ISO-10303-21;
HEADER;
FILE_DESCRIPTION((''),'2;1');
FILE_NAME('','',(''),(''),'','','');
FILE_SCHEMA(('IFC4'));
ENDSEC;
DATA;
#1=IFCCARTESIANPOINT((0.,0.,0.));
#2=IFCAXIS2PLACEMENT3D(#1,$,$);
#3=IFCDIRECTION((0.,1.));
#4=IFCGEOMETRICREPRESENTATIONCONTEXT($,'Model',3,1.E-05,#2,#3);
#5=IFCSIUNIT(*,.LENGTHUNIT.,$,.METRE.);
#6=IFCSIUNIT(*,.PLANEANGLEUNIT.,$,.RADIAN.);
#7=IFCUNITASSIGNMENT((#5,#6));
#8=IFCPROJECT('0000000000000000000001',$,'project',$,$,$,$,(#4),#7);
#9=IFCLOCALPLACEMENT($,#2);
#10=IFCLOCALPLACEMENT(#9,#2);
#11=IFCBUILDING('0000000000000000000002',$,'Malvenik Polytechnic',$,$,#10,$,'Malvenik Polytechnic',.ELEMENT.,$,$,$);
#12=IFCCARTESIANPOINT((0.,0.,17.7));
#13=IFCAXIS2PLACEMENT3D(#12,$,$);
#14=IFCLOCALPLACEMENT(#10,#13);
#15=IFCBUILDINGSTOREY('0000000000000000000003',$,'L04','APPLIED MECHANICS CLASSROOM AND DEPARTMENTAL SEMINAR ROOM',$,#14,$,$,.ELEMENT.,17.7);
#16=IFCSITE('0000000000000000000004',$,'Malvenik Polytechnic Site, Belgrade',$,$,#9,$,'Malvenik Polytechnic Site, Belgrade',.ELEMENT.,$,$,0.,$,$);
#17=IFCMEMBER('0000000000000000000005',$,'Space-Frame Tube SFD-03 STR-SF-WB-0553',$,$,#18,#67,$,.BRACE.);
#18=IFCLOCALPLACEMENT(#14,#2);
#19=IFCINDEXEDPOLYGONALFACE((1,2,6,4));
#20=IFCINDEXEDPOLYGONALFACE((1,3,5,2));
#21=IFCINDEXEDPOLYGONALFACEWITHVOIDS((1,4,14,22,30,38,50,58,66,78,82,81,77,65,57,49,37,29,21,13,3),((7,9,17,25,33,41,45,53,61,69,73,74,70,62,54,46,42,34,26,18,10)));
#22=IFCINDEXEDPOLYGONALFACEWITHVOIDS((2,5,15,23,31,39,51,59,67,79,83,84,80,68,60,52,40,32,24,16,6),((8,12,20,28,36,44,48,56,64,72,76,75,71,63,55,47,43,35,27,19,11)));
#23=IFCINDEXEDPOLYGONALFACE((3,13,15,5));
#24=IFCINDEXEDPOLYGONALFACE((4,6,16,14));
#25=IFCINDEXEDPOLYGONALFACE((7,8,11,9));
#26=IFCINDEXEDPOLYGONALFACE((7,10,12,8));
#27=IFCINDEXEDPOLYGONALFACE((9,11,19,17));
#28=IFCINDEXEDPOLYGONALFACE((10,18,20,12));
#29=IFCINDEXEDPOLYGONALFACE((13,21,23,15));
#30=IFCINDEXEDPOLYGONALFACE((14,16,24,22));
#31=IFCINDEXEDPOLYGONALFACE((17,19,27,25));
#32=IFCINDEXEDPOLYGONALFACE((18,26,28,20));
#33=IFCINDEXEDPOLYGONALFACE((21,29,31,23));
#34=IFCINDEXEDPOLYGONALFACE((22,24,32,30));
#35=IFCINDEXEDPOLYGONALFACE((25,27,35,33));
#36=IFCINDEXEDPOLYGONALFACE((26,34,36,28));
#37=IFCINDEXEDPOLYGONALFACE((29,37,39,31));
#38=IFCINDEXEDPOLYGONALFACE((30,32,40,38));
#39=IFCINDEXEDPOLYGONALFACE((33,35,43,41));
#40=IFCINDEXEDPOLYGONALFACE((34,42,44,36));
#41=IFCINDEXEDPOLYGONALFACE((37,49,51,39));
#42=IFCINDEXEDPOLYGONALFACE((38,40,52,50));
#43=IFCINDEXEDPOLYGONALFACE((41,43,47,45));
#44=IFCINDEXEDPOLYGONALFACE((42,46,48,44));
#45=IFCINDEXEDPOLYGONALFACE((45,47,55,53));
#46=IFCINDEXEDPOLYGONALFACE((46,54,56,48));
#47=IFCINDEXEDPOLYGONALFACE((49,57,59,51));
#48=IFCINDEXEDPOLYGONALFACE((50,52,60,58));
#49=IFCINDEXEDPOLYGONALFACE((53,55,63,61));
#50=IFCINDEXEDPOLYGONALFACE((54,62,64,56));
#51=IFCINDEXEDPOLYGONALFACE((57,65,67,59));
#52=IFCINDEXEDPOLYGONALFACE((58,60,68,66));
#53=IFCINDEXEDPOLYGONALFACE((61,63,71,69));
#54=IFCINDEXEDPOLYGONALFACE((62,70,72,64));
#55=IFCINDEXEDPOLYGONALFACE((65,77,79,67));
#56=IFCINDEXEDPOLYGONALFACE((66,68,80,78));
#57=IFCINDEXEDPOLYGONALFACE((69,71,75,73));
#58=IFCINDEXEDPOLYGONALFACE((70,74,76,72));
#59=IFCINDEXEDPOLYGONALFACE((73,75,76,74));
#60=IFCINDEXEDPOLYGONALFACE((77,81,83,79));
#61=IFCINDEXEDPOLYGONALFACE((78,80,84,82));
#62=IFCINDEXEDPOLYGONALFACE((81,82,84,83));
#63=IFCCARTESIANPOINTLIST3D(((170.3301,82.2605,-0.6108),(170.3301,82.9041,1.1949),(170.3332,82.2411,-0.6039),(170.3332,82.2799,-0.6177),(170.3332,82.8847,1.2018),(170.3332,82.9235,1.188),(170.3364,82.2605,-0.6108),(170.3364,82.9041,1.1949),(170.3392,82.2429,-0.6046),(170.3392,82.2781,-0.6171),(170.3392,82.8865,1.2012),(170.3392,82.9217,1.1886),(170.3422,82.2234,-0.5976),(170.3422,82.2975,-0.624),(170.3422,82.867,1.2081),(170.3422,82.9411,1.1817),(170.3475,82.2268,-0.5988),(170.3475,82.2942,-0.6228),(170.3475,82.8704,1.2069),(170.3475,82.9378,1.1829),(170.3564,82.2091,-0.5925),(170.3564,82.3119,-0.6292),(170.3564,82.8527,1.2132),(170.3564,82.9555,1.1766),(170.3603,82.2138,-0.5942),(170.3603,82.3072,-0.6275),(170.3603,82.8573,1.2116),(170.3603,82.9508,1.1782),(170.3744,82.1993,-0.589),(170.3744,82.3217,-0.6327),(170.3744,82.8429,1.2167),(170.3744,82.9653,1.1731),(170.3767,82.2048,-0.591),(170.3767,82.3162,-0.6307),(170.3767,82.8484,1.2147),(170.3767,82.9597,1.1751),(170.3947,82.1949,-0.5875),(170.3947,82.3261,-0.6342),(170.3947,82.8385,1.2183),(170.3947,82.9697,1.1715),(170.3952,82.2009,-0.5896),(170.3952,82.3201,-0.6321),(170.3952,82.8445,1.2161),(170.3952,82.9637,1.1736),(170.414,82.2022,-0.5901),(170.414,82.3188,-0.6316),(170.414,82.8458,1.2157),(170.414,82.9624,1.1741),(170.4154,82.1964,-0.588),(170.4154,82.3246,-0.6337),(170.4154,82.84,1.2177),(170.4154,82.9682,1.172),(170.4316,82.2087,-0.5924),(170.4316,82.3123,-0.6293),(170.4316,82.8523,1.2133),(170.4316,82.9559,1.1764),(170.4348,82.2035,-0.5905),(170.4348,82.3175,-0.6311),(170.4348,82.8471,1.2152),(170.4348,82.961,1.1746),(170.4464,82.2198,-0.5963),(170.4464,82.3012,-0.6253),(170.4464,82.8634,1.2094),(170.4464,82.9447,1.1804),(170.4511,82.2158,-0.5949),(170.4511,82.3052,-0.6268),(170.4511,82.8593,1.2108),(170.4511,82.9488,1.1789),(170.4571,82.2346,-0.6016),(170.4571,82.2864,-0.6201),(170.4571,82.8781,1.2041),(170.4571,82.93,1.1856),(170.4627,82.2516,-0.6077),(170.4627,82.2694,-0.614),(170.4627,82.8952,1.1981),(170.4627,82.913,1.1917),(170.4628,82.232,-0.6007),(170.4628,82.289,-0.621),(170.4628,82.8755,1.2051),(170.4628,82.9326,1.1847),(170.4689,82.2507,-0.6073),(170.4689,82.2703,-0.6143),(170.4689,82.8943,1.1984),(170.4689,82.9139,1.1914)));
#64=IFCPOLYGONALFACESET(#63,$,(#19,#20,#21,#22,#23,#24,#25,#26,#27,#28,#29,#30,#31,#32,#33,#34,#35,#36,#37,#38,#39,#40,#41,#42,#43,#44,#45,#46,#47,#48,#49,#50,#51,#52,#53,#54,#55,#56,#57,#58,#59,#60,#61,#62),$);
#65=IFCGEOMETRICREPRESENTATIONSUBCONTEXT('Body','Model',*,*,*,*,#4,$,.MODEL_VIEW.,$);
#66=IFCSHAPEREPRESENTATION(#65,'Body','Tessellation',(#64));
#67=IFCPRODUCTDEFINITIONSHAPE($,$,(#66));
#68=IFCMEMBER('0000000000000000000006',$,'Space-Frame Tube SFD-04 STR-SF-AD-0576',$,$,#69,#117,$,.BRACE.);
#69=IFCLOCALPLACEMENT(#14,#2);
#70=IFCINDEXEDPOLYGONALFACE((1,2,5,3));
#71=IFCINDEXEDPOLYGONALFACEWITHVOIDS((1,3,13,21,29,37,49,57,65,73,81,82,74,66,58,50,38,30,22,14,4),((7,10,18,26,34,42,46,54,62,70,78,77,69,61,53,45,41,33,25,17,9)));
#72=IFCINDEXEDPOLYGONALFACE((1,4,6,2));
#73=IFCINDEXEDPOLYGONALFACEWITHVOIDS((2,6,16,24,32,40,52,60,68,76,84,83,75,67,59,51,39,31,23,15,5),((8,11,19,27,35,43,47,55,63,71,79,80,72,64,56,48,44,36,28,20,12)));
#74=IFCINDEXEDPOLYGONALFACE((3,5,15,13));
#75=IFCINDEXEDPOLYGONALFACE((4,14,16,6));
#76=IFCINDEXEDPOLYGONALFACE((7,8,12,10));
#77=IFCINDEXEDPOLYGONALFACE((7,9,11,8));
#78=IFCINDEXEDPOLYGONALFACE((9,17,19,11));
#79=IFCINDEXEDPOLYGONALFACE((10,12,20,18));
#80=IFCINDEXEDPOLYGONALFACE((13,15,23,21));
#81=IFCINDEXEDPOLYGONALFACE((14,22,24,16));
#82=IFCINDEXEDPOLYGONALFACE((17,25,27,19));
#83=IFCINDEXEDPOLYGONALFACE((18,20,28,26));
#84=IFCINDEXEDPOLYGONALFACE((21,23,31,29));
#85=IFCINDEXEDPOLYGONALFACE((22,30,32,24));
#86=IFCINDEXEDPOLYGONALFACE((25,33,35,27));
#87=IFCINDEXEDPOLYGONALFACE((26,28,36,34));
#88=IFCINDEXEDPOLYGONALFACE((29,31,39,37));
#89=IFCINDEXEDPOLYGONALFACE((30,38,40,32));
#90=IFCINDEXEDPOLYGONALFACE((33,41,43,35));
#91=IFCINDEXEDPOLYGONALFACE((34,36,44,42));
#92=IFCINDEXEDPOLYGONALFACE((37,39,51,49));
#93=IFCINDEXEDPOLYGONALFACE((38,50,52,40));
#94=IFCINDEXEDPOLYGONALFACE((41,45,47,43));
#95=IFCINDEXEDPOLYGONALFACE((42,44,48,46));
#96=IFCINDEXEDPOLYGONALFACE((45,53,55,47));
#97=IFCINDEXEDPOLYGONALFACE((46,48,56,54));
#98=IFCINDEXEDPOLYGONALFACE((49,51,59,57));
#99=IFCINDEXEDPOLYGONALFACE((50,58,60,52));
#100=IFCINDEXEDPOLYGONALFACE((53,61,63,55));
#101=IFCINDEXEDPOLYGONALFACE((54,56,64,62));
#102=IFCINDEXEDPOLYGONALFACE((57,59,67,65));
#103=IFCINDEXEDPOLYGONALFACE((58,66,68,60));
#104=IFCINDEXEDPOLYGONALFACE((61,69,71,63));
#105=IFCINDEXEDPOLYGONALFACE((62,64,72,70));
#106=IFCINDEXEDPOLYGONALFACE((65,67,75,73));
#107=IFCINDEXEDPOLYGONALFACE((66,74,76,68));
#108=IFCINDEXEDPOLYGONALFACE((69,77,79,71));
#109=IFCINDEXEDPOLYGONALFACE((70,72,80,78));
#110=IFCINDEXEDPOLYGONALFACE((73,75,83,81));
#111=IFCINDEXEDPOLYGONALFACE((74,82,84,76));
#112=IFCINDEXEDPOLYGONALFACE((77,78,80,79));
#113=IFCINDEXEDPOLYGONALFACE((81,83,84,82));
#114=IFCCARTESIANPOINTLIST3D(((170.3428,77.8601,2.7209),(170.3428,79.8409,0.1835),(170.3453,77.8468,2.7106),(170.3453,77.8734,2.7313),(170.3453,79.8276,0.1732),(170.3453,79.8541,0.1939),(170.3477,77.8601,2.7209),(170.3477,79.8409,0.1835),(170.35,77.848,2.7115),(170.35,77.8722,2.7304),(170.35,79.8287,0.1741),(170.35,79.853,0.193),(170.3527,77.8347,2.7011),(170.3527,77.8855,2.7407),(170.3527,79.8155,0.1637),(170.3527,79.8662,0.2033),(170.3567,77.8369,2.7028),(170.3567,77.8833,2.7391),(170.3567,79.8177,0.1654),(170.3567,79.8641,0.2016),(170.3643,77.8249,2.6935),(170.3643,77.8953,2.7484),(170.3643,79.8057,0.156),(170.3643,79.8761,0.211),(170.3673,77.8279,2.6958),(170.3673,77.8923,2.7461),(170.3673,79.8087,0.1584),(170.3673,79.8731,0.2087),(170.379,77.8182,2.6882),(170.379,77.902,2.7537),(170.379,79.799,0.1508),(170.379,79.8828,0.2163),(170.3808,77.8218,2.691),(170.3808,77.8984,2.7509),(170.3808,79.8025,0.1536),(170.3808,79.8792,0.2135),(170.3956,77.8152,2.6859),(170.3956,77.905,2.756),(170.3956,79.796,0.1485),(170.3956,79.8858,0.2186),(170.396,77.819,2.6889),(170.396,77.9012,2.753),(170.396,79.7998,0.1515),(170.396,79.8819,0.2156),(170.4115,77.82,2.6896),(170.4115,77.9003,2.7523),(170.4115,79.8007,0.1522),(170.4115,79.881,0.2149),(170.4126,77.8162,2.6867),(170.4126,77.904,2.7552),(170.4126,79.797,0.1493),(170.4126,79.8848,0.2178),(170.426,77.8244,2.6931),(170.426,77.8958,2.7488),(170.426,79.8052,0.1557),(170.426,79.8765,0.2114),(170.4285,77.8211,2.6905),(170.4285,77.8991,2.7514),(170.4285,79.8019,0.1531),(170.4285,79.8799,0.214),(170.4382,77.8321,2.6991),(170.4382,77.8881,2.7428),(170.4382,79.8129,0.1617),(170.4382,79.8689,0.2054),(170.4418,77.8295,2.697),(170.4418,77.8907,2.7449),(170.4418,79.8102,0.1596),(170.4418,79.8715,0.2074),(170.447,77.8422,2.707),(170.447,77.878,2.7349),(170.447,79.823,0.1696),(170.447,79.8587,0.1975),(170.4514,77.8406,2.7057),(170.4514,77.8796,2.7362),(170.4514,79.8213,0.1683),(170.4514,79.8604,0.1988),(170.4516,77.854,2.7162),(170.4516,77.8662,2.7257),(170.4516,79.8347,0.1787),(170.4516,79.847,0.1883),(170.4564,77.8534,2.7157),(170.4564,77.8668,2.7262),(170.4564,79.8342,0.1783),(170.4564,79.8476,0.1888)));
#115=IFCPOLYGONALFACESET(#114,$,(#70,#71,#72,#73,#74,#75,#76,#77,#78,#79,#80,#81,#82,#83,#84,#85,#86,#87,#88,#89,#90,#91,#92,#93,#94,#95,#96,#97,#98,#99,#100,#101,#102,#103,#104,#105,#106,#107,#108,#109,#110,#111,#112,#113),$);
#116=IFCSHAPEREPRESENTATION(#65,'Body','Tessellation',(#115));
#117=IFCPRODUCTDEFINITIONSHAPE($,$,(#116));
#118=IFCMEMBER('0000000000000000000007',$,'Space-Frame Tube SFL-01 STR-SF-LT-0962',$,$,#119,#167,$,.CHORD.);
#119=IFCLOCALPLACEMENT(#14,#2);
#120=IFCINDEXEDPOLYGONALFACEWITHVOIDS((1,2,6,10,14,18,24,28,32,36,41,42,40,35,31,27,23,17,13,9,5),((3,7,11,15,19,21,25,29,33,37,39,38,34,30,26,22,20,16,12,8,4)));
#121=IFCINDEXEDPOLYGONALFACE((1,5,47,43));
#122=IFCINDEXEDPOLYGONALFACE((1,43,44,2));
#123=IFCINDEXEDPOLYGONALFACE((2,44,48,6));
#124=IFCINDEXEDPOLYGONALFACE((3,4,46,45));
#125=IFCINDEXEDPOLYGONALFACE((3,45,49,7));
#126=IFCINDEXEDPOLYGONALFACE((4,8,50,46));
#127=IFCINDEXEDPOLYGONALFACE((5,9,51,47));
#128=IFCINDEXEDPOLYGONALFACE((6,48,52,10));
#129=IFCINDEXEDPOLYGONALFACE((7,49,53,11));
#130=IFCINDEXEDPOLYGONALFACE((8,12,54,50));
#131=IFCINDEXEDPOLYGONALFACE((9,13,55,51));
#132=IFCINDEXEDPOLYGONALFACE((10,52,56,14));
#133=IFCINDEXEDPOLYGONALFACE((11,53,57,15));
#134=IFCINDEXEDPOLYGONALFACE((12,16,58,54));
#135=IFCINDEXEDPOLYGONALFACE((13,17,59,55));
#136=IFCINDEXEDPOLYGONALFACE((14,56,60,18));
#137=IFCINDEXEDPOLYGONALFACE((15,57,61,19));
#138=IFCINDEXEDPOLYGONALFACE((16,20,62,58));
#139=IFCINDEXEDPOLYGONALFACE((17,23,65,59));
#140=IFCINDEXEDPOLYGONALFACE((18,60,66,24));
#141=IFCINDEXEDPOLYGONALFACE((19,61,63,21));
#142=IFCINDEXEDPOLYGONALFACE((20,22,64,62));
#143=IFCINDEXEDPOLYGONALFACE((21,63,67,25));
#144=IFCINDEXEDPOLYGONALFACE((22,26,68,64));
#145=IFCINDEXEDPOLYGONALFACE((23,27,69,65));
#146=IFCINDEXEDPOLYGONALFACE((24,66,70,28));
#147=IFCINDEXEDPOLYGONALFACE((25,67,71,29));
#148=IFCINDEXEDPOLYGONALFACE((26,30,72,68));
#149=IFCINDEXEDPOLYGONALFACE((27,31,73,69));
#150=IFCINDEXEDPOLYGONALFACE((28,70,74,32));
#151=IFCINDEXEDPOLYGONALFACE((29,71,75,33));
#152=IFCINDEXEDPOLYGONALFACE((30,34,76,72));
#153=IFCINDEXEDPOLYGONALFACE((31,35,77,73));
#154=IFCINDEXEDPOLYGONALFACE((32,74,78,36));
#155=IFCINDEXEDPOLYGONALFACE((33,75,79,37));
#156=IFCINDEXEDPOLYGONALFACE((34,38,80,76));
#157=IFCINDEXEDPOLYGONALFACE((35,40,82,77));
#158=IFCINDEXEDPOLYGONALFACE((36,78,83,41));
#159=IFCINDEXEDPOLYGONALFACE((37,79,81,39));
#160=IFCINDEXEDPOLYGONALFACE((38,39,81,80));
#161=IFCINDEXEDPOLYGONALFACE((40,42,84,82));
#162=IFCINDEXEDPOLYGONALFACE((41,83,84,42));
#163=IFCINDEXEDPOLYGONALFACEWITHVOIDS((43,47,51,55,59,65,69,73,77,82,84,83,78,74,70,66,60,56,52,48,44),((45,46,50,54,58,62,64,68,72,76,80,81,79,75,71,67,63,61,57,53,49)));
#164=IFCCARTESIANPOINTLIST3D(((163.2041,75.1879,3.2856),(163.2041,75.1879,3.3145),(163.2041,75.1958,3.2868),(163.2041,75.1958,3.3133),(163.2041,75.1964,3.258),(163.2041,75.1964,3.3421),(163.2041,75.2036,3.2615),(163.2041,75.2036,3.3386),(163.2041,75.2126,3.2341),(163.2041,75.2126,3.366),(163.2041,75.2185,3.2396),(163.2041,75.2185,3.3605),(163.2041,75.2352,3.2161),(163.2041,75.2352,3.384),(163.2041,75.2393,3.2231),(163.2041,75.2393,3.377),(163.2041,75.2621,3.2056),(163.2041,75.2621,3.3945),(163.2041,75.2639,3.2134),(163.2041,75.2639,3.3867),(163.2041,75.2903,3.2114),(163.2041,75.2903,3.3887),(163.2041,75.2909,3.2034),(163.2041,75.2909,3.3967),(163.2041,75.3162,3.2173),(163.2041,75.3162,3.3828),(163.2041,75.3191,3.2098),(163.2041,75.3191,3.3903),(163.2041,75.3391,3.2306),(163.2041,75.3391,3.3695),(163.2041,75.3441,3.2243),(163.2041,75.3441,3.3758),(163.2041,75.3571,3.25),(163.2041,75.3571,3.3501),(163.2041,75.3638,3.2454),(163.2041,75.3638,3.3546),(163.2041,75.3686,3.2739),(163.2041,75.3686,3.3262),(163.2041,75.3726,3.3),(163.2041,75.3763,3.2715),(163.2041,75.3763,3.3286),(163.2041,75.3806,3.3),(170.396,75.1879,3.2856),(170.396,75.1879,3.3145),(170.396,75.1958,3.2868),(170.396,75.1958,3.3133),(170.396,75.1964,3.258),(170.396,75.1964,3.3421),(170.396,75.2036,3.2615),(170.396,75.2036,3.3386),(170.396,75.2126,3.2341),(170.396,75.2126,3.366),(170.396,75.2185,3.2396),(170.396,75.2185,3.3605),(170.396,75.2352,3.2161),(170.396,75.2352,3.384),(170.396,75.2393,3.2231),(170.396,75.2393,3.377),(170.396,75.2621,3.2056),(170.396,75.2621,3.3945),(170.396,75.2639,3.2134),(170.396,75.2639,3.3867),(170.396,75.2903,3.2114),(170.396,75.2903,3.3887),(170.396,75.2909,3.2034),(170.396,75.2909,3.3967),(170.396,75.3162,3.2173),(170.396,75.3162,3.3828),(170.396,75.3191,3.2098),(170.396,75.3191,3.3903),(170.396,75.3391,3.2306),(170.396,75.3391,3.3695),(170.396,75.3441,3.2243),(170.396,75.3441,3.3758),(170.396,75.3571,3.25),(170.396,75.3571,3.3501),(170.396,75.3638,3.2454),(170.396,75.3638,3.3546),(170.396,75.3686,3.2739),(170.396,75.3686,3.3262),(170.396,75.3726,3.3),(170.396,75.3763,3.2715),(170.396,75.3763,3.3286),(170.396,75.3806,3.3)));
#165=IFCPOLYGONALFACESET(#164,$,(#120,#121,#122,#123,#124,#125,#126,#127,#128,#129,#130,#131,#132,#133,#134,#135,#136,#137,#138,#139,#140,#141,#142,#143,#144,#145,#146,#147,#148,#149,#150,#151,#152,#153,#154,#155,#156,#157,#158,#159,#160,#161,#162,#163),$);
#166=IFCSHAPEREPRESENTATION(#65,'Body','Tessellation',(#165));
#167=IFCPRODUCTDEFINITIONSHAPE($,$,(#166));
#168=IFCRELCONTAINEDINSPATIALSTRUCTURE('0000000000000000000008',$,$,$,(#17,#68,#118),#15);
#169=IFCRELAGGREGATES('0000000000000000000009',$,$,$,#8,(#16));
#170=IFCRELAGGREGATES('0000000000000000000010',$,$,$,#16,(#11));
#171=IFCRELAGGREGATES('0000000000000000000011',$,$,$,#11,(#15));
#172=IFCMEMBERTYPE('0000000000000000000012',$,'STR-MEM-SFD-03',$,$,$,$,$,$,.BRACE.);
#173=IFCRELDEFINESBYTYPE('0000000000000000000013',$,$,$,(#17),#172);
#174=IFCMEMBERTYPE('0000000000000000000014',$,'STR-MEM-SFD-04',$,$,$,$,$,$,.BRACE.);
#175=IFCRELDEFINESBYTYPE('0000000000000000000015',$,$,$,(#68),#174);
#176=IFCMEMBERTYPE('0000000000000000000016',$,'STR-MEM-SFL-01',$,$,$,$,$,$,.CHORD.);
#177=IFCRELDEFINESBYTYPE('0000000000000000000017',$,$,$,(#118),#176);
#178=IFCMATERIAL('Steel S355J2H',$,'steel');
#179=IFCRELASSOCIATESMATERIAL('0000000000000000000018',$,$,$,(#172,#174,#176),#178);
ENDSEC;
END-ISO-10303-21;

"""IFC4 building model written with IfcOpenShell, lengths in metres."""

from ifc_helpers import new_model, si_unit, direction, frame, origin, origin_2d, place, context, subcontext, project, spatial, hollow_circle, extrude, material, material_profile, profile_set, type_object, element, save


model = new_model("IFC4")

# Units and contexts
model_context = context("Model", 3, precision=1e-05, world=origin(), true_north=direction((0.0, 1.0)))
body_context = subcontext(model_context, "Body", "Model", "MODEL_VIEW")
ifc_project = project(units=[si_unit("LENGTHUNIT", "METRE"), si_unit("PLANEANGLEUNIT", "RADIAN")], contexts=[model_context])

# Site, building, storey
site_placement = place(None, origin())
site = spatial("IfcSite", under=ifc_project, at=site_placement, Name="Malvenik Polytechnic Site, Belgrade", LongName="Malvenik Polytechnic Site, Belgrade", CompositionType="ELEMENT", RefElevation=0.0)
building_placement = place(site_placement, origin())
building = spatial("IfcBuilding", under=site, at=building_placement, Name="Malvenik Polytechnic", LongName="Malvenik Polytechnic", CompositionType="ELEMENT")
storey_placement = place(building_placement, frame((0.0, 0.0, 17.7)))
storey = spatial("IfcBuildingStorey", under=building, at=storey_placement, Name="L04", Description="APPLIED MECHANICS CLASSROOM AND DEPARTMENTAL SEMINAR ROOM", CompositionType="ELEMENT", Elevation=17.7)

# Members
ifc_material = material(Name="Steel S355J2H", Category="steel")
ifc_material_profile_1 = material_profile(ifc_material, hollow_circle(Radius=0.0698, WallThickness=0.0063, at=origin_2d()), Name="CHS 139.7x6.3")
ifc_profile_set_1 = profile_set([ifc_material_profile_1], Name="Steel S355J2H")
member_type_1 = type_object("IfcMemberType", Name="STR-MEM-SFD-03", PredefinedType="BRACE", material=ifc_profile_set_1)
member_1_placement = place(storey_placement, frame((170.3999, 82.2605, -0.6108), z_axis=(0.0, 0.335723, 0.941961), x_axis=(-1.0, 0.0, 0.0)))
element("IfcMember", 1, at=member_1_placement, inside=storey, type_object=member_type_1, Name="Space-Frame Tube SFD-03 STR-SF-WB-0553", PredefinedType="BRACE", context=body_context, shape_type="SweptSolid", body=[
    extrude(hollow_circle(Radius=0.0698, WallThickness=0.0063, at=origin_2d()), origin(), (0.0, 0.0, 1.0), 1.917),
])
ifc_material_profile_2 = material_profile(ifc_material, hollow_circle(Radius=0.0571, WallThickness=0.0049, at=origin_2d()), Name="CHS 114.3x5.0")
ifc_profile_set_2 = profile_set([ifc_material_profile_2], Name="Steel S355J2H")
member_type_2 = type_object("IfcMemberType", Name="STR-MEM-SFD-04", PredefinedType="BRACE", material=ifc_profile_set_2)
member_2_placement = place(storey_placement, frame((170.3999, 77.8601, 2.7209), z_axis=(0.0, 0.615336, -0.788265), x_axis=(-1.0, 0.0, 0.0)))
element("IfcMember", 2, at=member_2_placement, inside=storey, type_object=member_type_2, Name="Space-Frame Tube SFD-04 STR-SF-AD-0576", PredefinedType="BRACE", context=body_context, shape_type="SweptSolid", body=[
    extrude(hollow_circle(Radius=0.0571, WallThickness=0.0049, at=origin_2d()), origin(), (0.0, 0.0, 1.0), 3.219),
])
ifc_material_profile_3 = material_profile(ifc_material, hollow_circle(Radius=0.0969, WallThickness=0.0081, at=origin_2d()), Name="CHS 193.7x8.0")
ifc_profile_set_3 = profile_set([ifc_material_profile_3], Name="Steel S355J2H")
member_type_3 = type_object("IfcMemberType", Name="STR-MEM-SFL-01", PredefinedType="CHORD", material=ifc_profile_set_3)
for number, where, z_axis, x_axis, name in (
    (3, (163.2041, 75.2837, 3.3), (1.0, 0.0, 0.0), (0.0, 1.0, 0.0), "Space-Frame Tube SFL-01 STR-SF-LT-0962"),
):
    element("IfcMember", number, at=place(storey_placement, frame(where, z_axis=z_axis, x_axis=x_axis)), inside=storey, type_object=member_type_3, Name=name, PredefinedType="CHORD", context=body_context, shape_type="SweptSolid", body=[
        extrude(hollow_circle(Radius=0.0969, WallThickness=0.0081, at=origin_2d()), origin(), (0.0, 0.0, 1.0), 7.1919),
    ])

save(model, "model.ifc")
